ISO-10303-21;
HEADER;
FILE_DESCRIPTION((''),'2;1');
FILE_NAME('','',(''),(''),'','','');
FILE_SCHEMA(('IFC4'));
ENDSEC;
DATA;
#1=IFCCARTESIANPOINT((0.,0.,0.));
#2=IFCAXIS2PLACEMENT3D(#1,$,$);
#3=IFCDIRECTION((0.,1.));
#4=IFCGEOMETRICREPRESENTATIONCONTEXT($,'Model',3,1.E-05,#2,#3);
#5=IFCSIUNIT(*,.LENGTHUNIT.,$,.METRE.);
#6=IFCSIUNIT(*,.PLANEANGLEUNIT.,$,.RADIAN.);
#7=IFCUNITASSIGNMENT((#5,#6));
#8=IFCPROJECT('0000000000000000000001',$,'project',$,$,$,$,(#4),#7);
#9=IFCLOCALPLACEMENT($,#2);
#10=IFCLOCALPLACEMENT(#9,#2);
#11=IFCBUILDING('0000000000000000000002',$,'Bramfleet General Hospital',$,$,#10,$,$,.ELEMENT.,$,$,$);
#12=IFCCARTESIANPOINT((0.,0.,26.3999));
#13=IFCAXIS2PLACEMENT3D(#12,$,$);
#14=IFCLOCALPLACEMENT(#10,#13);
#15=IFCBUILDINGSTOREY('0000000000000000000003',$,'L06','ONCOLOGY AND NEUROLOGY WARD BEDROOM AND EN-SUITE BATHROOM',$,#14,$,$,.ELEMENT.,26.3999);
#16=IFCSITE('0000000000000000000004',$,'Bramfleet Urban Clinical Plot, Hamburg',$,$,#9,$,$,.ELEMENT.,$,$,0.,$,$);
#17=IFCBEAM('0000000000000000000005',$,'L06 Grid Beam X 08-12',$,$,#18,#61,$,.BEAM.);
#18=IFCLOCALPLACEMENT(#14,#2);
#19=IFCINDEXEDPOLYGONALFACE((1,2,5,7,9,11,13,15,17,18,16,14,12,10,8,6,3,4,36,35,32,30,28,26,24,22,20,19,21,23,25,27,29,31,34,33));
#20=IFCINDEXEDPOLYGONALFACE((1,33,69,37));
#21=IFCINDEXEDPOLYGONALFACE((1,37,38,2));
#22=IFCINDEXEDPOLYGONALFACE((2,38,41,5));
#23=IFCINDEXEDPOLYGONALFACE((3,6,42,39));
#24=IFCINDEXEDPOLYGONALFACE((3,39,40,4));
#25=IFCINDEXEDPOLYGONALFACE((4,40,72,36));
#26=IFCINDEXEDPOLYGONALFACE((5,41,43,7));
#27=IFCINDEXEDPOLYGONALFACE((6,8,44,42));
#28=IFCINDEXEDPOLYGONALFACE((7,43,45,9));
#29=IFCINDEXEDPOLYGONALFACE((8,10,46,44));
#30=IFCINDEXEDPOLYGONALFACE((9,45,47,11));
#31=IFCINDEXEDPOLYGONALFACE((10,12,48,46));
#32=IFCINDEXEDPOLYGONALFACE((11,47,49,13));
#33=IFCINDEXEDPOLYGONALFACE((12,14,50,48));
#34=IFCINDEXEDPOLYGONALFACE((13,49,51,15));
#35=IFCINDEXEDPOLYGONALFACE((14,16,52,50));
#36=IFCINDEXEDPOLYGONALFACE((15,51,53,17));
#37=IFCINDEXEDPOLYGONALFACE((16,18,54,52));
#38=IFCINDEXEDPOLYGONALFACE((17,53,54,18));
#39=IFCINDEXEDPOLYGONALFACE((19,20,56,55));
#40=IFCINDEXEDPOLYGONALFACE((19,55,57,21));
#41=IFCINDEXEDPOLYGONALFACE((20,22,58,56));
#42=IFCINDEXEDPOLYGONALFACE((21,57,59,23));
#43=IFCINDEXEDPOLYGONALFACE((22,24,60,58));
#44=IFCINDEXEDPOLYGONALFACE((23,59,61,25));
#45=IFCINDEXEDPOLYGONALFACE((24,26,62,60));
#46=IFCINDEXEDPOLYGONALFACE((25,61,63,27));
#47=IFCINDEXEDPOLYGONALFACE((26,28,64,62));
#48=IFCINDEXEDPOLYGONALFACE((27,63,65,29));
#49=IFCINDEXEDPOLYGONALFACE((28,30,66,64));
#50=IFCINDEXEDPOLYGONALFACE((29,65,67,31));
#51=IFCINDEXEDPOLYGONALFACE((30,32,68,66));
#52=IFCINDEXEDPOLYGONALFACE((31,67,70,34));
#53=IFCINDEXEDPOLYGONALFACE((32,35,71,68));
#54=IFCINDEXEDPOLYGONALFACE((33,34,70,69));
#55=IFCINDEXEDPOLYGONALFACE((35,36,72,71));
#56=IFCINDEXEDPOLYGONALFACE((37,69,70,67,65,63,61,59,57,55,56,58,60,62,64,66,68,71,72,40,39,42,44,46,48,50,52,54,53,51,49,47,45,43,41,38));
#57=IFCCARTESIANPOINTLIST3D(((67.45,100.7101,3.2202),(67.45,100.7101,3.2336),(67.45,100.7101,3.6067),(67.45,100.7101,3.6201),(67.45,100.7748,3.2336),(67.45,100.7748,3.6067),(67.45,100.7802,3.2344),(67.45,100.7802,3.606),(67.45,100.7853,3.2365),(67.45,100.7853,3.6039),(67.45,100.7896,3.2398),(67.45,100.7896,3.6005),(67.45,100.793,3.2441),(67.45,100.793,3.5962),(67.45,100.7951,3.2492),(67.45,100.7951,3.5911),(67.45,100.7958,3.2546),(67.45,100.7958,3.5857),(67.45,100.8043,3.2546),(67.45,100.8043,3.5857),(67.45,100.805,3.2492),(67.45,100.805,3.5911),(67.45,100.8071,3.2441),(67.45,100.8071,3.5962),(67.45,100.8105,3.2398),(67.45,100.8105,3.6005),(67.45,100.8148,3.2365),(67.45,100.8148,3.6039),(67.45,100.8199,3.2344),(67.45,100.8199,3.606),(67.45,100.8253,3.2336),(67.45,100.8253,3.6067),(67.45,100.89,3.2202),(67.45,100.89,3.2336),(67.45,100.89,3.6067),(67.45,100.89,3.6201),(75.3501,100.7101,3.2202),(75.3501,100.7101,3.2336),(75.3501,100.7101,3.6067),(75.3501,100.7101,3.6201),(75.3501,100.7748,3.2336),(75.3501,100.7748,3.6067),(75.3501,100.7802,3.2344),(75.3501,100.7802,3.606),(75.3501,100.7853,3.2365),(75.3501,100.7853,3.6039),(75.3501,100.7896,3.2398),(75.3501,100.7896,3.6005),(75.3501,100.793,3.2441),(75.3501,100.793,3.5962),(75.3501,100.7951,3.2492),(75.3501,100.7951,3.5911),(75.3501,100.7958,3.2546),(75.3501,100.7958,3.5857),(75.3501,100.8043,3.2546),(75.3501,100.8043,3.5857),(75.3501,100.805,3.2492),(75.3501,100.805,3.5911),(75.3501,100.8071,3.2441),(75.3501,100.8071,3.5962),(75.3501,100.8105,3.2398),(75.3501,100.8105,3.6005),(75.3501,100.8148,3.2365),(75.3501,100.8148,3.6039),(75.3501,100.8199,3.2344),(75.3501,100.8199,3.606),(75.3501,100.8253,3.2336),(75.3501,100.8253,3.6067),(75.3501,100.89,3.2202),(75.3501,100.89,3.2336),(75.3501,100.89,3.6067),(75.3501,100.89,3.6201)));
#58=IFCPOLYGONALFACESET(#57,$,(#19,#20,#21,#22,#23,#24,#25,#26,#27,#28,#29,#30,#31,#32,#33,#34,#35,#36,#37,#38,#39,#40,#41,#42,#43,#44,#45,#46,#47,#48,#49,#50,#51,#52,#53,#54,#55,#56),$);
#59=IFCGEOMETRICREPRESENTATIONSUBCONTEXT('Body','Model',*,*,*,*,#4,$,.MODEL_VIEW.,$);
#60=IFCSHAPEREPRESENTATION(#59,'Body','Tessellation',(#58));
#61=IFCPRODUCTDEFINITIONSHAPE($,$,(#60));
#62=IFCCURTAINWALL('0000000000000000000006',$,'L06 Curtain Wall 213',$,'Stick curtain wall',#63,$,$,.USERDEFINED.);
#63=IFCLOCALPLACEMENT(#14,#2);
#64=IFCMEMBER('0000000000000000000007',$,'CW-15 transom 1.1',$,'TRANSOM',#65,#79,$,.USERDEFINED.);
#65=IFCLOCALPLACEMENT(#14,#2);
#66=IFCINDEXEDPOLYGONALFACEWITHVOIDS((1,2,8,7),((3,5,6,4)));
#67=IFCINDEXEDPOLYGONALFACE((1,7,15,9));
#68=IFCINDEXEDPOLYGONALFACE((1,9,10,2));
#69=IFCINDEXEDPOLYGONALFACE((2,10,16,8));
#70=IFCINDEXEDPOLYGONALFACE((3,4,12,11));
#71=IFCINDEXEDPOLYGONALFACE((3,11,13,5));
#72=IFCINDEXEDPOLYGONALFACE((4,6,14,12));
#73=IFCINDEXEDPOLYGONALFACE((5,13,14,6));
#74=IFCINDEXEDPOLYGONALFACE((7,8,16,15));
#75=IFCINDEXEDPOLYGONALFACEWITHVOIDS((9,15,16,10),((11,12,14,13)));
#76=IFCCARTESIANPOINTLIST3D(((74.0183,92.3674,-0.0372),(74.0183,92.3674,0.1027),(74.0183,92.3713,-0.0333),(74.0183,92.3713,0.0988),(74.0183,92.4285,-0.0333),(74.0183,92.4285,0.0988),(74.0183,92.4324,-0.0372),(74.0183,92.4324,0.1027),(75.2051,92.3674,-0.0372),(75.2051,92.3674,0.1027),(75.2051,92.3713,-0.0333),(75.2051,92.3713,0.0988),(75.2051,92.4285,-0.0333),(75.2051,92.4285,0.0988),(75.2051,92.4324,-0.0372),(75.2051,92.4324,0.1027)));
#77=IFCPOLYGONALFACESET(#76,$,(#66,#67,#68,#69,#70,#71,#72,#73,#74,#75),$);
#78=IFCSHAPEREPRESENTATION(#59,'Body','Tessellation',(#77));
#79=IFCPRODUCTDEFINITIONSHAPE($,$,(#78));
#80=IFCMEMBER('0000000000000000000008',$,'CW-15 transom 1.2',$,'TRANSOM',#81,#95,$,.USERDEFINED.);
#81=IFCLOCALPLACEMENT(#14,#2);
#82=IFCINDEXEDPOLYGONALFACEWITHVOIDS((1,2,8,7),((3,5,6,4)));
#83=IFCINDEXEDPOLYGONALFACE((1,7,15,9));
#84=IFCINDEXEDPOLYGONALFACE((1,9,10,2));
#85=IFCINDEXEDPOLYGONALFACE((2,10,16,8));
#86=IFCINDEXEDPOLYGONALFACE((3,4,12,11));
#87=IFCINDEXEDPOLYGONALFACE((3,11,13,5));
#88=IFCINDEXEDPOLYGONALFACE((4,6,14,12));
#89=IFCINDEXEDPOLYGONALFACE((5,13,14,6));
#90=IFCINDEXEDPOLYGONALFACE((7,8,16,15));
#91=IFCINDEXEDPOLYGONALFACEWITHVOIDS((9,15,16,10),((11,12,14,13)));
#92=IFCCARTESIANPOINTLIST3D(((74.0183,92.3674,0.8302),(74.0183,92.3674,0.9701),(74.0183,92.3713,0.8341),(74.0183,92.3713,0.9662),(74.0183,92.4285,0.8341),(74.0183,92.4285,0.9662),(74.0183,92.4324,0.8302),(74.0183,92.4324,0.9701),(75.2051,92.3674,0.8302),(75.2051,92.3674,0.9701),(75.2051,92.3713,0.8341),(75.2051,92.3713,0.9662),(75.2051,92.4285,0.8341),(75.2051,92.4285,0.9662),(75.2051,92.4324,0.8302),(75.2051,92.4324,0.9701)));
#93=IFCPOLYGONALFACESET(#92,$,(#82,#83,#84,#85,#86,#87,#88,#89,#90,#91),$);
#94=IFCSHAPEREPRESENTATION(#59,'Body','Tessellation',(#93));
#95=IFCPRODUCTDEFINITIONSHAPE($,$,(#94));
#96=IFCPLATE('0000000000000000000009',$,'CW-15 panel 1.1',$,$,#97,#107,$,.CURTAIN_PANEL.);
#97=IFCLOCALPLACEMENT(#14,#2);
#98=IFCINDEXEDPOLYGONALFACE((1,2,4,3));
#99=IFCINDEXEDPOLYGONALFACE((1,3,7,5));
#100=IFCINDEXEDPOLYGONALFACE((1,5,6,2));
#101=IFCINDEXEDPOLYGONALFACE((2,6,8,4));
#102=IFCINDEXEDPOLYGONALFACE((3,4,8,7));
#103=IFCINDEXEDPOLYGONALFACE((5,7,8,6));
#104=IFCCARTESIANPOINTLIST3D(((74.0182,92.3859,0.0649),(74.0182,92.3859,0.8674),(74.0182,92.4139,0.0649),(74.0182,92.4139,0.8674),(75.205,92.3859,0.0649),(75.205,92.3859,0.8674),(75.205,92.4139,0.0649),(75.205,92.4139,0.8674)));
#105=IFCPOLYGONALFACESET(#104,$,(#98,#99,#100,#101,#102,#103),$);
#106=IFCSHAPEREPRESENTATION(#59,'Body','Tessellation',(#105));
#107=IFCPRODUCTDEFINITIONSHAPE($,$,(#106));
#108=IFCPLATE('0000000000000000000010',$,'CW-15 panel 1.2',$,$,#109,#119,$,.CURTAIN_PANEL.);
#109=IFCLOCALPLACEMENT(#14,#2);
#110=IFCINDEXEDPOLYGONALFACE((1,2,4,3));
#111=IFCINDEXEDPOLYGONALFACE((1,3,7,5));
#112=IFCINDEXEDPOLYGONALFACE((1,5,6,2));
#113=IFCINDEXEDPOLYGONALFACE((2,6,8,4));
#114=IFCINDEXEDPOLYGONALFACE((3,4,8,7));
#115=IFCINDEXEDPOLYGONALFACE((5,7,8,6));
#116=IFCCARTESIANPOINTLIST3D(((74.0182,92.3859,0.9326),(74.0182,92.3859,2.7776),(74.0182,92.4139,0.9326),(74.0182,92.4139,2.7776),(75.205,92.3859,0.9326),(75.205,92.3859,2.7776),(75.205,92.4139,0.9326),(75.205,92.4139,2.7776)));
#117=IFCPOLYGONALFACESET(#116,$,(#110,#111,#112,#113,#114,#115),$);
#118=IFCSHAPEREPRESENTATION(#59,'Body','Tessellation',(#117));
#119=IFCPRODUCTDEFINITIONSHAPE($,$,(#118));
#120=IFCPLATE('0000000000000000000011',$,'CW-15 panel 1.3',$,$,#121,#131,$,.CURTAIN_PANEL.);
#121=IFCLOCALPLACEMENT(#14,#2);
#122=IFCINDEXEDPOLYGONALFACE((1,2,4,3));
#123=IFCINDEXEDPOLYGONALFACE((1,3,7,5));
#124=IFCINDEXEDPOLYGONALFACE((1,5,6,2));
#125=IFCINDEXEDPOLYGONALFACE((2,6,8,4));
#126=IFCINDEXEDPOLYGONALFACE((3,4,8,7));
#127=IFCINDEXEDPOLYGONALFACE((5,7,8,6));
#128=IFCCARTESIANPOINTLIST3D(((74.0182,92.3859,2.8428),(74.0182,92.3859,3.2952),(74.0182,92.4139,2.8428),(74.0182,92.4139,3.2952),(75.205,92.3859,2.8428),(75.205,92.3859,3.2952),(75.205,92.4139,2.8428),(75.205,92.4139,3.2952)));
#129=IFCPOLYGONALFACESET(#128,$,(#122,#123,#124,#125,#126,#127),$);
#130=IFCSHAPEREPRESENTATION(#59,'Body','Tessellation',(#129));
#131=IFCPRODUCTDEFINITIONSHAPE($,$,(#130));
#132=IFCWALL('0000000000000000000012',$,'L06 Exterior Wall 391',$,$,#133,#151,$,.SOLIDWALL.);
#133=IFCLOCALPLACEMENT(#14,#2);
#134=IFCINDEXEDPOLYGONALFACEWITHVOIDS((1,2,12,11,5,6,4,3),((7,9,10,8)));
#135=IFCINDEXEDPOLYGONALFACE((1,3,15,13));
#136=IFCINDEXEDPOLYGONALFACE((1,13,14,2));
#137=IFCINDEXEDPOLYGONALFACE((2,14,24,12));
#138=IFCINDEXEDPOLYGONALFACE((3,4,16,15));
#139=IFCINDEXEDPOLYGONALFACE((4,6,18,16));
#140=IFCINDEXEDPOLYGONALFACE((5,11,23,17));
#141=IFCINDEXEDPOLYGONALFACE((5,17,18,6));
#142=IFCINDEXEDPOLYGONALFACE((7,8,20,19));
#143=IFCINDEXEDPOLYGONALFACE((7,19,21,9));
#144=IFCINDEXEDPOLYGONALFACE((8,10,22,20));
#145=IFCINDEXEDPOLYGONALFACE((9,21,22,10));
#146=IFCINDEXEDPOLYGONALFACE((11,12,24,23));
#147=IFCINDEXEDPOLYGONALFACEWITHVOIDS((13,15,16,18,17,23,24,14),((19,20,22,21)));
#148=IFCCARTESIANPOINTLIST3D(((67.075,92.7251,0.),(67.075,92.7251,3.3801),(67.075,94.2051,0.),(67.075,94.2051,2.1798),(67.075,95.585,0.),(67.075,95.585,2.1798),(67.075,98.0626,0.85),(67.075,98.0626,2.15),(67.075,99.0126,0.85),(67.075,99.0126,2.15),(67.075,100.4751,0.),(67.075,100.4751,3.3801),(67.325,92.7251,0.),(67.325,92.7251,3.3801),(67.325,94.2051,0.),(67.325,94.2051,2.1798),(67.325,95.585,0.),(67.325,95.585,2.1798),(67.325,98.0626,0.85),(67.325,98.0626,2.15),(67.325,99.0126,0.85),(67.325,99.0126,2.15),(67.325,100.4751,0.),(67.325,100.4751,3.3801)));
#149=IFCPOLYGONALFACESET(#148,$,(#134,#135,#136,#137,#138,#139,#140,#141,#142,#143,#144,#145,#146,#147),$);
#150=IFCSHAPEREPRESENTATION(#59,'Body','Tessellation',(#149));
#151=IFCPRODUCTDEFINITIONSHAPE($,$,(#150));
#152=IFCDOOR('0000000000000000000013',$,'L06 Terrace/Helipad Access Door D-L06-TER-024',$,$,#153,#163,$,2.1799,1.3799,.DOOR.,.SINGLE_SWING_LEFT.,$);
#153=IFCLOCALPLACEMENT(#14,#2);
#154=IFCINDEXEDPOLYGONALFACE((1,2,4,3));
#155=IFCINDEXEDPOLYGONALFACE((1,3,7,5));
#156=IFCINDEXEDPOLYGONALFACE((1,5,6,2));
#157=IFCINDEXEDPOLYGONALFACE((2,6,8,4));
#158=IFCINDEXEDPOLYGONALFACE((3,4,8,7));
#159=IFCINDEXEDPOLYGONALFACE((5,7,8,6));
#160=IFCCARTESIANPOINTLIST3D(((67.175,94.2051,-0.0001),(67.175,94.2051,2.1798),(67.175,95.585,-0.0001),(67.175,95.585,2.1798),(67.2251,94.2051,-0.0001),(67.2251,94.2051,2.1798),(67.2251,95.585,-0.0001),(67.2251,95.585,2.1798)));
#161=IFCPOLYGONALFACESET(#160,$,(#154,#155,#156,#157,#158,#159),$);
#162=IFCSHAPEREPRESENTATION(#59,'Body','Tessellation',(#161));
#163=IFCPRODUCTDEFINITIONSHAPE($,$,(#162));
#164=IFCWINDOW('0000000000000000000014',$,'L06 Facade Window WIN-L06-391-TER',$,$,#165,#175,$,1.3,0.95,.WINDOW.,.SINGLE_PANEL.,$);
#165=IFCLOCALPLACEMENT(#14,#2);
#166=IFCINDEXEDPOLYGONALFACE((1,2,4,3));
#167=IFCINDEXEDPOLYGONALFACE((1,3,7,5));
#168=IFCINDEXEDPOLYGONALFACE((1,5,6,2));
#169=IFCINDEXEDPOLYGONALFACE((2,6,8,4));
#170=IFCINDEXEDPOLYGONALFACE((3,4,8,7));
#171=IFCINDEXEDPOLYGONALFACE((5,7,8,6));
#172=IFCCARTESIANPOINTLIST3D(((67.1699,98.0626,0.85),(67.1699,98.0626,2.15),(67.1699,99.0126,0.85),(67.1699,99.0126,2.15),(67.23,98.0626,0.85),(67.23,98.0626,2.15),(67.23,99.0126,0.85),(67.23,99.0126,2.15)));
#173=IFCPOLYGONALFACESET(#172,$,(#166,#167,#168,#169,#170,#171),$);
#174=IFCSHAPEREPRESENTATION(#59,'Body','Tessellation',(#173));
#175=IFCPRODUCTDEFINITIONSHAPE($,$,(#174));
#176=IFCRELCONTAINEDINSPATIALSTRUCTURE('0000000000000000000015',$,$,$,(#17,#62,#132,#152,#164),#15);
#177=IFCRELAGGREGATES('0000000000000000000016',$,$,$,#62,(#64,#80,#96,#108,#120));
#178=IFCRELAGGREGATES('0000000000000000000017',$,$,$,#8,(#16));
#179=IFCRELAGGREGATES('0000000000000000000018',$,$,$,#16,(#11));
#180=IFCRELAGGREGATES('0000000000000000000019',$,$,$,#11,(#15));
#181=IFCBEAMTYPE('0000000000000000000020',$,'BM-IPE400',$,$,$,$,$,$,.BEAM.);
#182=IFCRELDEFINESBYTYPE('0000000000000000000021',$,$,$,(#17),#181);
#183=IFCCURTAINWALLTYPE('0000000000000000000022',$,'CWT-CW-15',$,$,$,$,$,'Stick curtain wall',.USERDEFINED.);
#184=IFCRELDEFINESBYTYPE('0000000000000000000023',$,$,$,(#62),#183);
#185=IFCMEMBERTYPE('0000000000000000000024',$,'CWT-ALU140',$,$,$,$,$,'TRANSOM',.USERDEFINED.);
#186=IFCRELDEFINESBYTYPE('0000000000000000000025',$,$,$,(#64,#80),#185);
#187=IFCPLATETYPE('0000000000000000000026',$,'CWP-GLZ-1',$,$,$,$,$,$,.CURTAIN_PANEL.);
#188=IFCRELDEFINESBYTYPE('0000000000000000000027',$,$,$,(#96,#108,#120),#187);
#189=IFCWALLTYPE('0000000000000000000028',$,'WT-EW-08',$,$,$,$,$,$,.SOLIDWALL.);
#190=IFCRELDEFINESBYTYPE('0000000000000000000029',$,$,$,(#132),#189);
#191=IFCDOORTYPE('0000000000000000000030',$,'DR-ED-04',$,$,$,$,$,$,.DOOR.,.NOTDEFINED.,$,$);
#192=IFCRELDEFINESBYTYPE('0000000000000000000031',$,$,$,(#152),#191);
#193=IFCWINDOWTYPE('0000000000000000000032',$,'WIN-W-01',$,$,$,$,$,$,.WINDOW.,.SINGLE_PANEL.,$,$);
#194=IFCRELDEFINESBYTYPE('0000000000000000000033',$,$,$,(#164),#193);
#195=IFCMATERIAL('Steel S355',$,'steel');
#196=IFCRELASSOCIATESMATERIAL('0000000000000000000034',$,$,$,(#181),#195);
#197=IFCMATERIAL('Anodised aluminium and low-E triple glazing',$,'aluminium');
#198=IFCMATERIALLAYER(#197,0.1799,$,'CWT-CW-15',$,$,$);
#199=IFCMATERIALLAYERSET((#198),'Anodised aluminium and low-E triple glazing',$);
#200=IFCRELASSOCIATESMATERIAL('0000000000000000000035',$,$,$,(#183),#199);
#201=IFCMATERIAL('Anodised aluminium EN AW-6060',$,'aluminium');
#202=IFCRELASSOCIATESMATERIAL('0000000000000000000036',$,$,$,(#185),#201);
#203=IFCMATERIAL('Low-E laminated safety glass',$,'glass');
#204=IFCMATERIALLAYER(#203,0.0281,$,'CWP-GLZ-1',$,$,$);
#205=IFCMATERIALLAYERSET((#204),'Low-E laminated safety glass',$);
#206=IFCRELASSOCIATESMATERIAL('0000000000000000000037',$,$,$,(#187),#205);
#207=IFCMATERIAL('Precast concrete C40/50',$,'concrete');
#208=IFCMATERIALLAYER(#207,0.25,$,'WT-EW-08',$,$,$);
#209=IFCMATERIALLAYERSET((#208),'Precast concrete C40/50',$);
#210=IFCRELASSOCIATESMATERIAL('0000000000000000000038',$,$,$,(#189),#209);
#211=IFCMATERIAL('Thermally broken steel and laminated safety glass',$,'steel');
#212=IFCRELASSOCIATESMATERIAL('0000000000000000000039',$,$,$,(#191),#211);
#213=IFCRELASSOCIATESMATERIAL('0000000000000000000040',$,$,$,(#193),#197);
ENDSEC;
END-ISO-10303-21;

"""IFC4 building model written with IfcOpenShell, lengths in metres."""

from ifc_helpers import new_model, si_unit, direction, frame, frame_2d, origin, origin_2d, place, context, subcontext, project, spatial, rectangle, hollow_rectangle, i_section, extrude, material, layer, layer_set, material_profile, profile_set, type_object, element, fill, aggregate, save


model = new_model("IFC4")

# Units and contexts
model_context = context("Model", 3, precision=1e-05, world=origin(), true_north=direction((0.0, 1.0)))
body_context = subcontext(model_context, "Body", "Model", "MODEL_VIEW")
ifc_project = project(units=[si_unit("LENGTHUNIT", "METRE"), si_unit("PLANEANGLEUNIT", "RADIAN")], contexts=[model_context])

# Site, building, storey
site_placement = place(None, origin())
site = spatial("IfcSite", under=ifc_project, at=site_placement, Name="Bramfleet Urban Clinical Plot, Hamburg", CompositionType="ELEMENT", RefElevation=0.0)
building_placement = place(site_placement, origin())
building = spatial("IfcBuilding", under=site, at=building_placement, Name="Bramfleet General Hospital", CompositionType="ELEMENT")
storey_placement = place(building_placement, frame((0.0, 0.0, 26.3999)))
storey = spatial("IfcBuildingStorey", under=building, at=storey_placement, Name="L06", Description="ONCOLOGY AND NEUROLOGY WARD BEDROOM AND EN-SUITE BATHROOM", CompositionType="ELEMENT", Elevation=26.3999)

# Beam
ifc_material_1 = material(Name="Steel S355", Category="steel")
ifc_material_profile_1 = material_profile(ifc_material_1, i_section(OverallWidth=0.1799, OverallDepth=0.3999, WebThickness=0.0085, FlangeThickness=0.0134, FilletRadius=0.021, at=origin_2d()), Name="IPE 400")
ifc_profile_set_1 = profile_set([ifc_material_profile_1], Name="Steel S355")
beam_type_1 = type_object("IfcBeamType", Name="BM-IPE400", PredefinedType="BEAM", material=ifc_profile_set_1)
beam_1_placement = place(storey_placement, frame((67.45, 100.8, 3.4202), z_axis=(1.0, 0.0, 0.0), x_axis=(0.0, 1.0, 0.0)))
element("IfcBeam", 1, at=beam_1_placement, inside=storey, type_object=beam_type_1, Name="L06 Grid Beam X 08-12", PredefinedType="BEAM", context=body_context, shape_type="SweptSolid", body=[
    extrude(i_section(OverallWidth=0.1799, OverallDepth=0.3999, WebThickness=0.0085, FlangeThickness=0.0134, FilletRadius=0.021, at=origin_2d()), origin(), (0.0, 0.0, 1.0), 7.9001),
])

# Curtain wall, members, plates
ifc_material_2 = material(Name="Anodised aluminium and low-E triple glazing", Category="aluminium")
ifc_layer_1 = layer(ifc_material_2, 0.1799, Name="CWT-CW-15")
ifc_layer_set_1 = layer_set([ifc_layer_1], Name="Anodised aluminium and low-E triple glazing")
curtain_wall_type = type_object("IfcCurtainWallType", Name="CWT-CW-15", ElementType="Stick curtain wall", PredefinedType="USERDEFINED", material=ifc_layer_set_1)
curtain_wall_placement = place(storey_placement, origin())
curtain_wall = element("IfcCurtainWall", 2, at=curtain_wall_placement, inside=storey, type_object=curtain_wall_type, Name="L06 Curtain Wall 213", ObjectType="Stick curtain wall", PredefinedType="USERDEFINED")
ifc_material_3 = material(Name="Anodised aluminium EN AW-6060", Category="aluminium")
ifc_material_profile_2 = material_profile(ifc_material_3, hollow_rectangle(XDim=0.0649, YDim=0.1399, WallThickness=0.0039, at=origin_2d()), Name="ALU 140x65x4.0")
ifc_profile_set_2 = profile_set([ifc_material_profile_2], Name="Anodised aluminium EN AW-6060")
member_type = type_object("IfcMemberType", Name="CWT-ALU140", ElementType="TRANSOM", PredefinedType="USERDEFINED", material=ifc_profile_set_2)
member_1_placement = place(storey_placement, frame((75.2051, 92.3999, 0.0327), z_axis=(-1.0, 0.0, 0.0), x_axis=(0.0, -1.0, 0.0)))
member_1 = element("IfcMember", 3, at=member_1_placement, type_object=member_type, Name="CW-15 transom 1.1", ObjectType="TRANSOM", PredefinedType="USERDEFINED", context=body_context, shape_type="SweptSolid", body=[
    extrude(hollow_rectangle(XDim=0.0649, YDim=0.1399, WallThickness=0.0039, at=origin_2d()), origin(), (0.0, 0.0, 1.0), 1.1868),
])
member_2_placement = place(storey_placement, frame((75.2051, 92.3999, 0.9001), z_axis=(-1.0, 0.0, 0.0), x_axis=(0.0, -1.0, 0.0)))
member_2 = element("IfcMember", 4, at=member_2_placement, type_object=member_type, Name="CW-15 transom 1.2", ObjectType="TRANSOM", PredefinedType="USERDEFINED", context=body_context, shape_type="SweptSolid", body=[
    extrude(hollow_rectangle(XDim=0.0649, YDim=0.1399, WallThickness=0.0039, at=origin_2d()), origin(), (0.0, 0.0, 1.0), 1.1868),
])
ifc_material_4 = material(Name="Low-E laminated safety glass", Category="glass")
ifc_layer_2 = layer(ifc_material_4, 0.0281, Name="CWP-GLZ-1")
ifc_layer_set_2 = layer_set([ifc_layer_2], Name="Low-E laminated safety glass")
plate_type = type_object("IfcPlateType", Name="CWP-GLZ-1", PredefinedType="CURTAIN_PANEL", material=ifc_layer_set_2)
plate_1_placement = place(storey_placement, frame((74.6116, 92.3999, 0.0649), z_axis=(0.0, 0.0, 1.0), x_axis=(-1.0, 0.0, 0.0)))
plate_1 = element("IfcPlate", 5, at=plate_1_placement, type_object=plate_type, Name="CW-15 panel 1.1", PredefinedType="CURTAIN_PANEL", context=body_context, shape_type="SweptSolid", body=[
    extrude(rectangle(XDim=1.1868, YDim=0.0281, at=origin_2d()), origin(), (0.0, 0.0, 1.0), 0.8025),
])
plate_2_placement = place(storey_placement, frame((74.6116, 92.3999, 0.9326), z_axis=(0.0, 0.0, 1.0), x_axis=(-1.0, 0.0, 0.0)))
plate_2 = element("IfcPlate", 6, at=plate_2_placement, type_object=plate_type, Name="CW-15 panel 1.2", PredefinedType="CURTAIN_PANEL", context=body_context, shape_type="SweptSolid", body=[
    extrude(rectangle(XDim=1.1868, YDim=0.0281, at=origin_2d()), origin(), (0.0, 0.0, 1.0), 1.845),
])
plate_3_placement = place(storey_placement, frame((74.6116, 92.3999, 2.8428), z_axis=(0.0, 0.0, 1.0), x_axis=(-1.0, 0.0, 0.0)))
plate_3 = element("IfcPlate", 7, at=plate_3_placement, type_object=plate_type, Name="CW-15 panel 1.3", PredefinedType="CURTAIN_PANEL", context=body_context, shape_type="SweptSolid", body=[
    extrude(rectangle(XDim=1.1868, YDim=0.0281, at=origin_2d()), origin(), (0.0, 0.0, 1.0), 0.4524),
])
aggregate(curtain_wall, [member_1, member_2, plate_1, plate_2, plate_3])

# Wall, openings, door, window
ifc_material_5 = material(Name="Precast concrete C40/50", Category="concrete")
ifc_layer_3 = layer(ifc_material_5, 0.25, Name="WT-EW-08")
ifc_layer_set_3 = layer_set([ifc_layer_3], Name="Precast concrete C40/50")
wall_type_1 = type_object("IfcWallType", Name="WT-EW-08", PredefinedType="SOLIDWALL", material=ifc_layer_set_3)
wall_1_placement = place(storey_placement, frame((67.2, 92.7251, 0.0), z_axis=(0.0, 0.0, 1.0), x_axis=(0.0, 1.0, 0.0)))
wall_1 = element("IfcWall", 8, at=wall_1_placement, inside=storey, type_object=wall_type_1, Name="L06 Exterior Wall 391", PredefinedType="SOLIDWALL", context=body_context, shape_type="SweptSolid", body=[
    extrude(rectangle(XDim=7.75, YDim=0.25, at=frame_2d((3.875, 0.0))), origin(), (0.0, 0.0, 1.0), 3.3801),
])
opening_1_placement = place(wall_1_placement, frame((1.48, 0.0, 0.0)))
opening_1 = element("IfcOpeningElement", 9, at=opening_1_placement, cuts=wall_1, PredefinedType="OPENING", context=body_context, shape_type="SweptSolid", body=[
    extrude(rectangle(XDim=1.3799, YDim=2.1799, at=frame_2d((0.6899, 1.0898))), frame((0.0, 0.135, 0.0), z_axis=(0.0, -1.0, 0.0), x_axis=(1.0, 0.0, 0.0)), (0.0, 0.0, 1.0), 0.27),
])
opening_2_placement = place(wall_1_placement, frame((5.3374, 0.0, 0.8501)))
opening_2 = element("IfcOpeningElement", 10, at=opening_2_placement, cuts=wall_1, PredefinedType="OPENING", context=body_context, shape_type="SweptSolid", body=[
    extrude(rectangle(XDim=0.95, YDim=1.3, at=frame_2d((0.4751, 0.6499))), frame((0.0, 0.135, 0.0), z_axis=(0.0, -1.0, 0.0), x_axis=(1.0, 0.0, 0.0)), (0.0, 0.0, 1.0), 0.27),
])
ifc_material_6 = material(Name="Thermally broken steel and laminated safety glass", Category="steel")
door_type_1 = type_object("IfcDoorType", Name="DR-ED-04", OperationType="NOTDEFINED", PredefinedType="DOOR", material=ifc_material_6)
door_1_placement = place(opening_1_placement, origin())
door_1 = element("IfcDoor", 11, at=door_1_placement, inside=storey, type_object=door_type_1, Name="L06 Terrace/Helipad Access Door D-L06-TER-024", OperationType="SINGLE_SWING_LEFT", OverallHeight=2.1799, OverallWidth=1.3799, PredefinedType="DOOR", context=body_context, shape_type="SweptSolid", body=[
    extrude(rectangle(XDim=1.3799, YDim=2.1799, at=frame_2d((0.6899, 1.0898))), frame((0.0, 0.0249, 0.0), z_axis=(0.0, -1.0, 0.0), x_axis=(1.0, 0.0, 0.0)), (0.0, 0.0, 1.0), 0.05),
])
fill(opening_1, door_1)
window_type = type_object("IfcWindowType", Name="WIN-W-01", PartitioningType="SINGLE_PANEL", PredefinedType="WINDOW", material=ifc_material_2)
window_placement = place(opening_2_placement, origin())
window = element("IfcWindow", 12, at=window_placement, inside=storey, type_object=window_type, Name="L06 Facade Window WIN-L06-391-TER", OverallHeight=1.3, OverallWidth=0.95, PartitioningType="SINGLE_PANEL", PredefinedType="WINDOW", context=body_context, shape_type="SweptSolid", body=[
    extrude(rectangle(XDim=0.95, YDim=1.3, at=frame_2d((0.4751, 0.6499))), frame((0.0, 0.03, 0.0), z_axis=(0.0, -1.0, 0.0), x_axis=(1.0, 0.0, 0.0)), (0.0, 0.0, 1.0), 0.0601),
])
fill(opening_2, window)

save(model, "model.ifc")
